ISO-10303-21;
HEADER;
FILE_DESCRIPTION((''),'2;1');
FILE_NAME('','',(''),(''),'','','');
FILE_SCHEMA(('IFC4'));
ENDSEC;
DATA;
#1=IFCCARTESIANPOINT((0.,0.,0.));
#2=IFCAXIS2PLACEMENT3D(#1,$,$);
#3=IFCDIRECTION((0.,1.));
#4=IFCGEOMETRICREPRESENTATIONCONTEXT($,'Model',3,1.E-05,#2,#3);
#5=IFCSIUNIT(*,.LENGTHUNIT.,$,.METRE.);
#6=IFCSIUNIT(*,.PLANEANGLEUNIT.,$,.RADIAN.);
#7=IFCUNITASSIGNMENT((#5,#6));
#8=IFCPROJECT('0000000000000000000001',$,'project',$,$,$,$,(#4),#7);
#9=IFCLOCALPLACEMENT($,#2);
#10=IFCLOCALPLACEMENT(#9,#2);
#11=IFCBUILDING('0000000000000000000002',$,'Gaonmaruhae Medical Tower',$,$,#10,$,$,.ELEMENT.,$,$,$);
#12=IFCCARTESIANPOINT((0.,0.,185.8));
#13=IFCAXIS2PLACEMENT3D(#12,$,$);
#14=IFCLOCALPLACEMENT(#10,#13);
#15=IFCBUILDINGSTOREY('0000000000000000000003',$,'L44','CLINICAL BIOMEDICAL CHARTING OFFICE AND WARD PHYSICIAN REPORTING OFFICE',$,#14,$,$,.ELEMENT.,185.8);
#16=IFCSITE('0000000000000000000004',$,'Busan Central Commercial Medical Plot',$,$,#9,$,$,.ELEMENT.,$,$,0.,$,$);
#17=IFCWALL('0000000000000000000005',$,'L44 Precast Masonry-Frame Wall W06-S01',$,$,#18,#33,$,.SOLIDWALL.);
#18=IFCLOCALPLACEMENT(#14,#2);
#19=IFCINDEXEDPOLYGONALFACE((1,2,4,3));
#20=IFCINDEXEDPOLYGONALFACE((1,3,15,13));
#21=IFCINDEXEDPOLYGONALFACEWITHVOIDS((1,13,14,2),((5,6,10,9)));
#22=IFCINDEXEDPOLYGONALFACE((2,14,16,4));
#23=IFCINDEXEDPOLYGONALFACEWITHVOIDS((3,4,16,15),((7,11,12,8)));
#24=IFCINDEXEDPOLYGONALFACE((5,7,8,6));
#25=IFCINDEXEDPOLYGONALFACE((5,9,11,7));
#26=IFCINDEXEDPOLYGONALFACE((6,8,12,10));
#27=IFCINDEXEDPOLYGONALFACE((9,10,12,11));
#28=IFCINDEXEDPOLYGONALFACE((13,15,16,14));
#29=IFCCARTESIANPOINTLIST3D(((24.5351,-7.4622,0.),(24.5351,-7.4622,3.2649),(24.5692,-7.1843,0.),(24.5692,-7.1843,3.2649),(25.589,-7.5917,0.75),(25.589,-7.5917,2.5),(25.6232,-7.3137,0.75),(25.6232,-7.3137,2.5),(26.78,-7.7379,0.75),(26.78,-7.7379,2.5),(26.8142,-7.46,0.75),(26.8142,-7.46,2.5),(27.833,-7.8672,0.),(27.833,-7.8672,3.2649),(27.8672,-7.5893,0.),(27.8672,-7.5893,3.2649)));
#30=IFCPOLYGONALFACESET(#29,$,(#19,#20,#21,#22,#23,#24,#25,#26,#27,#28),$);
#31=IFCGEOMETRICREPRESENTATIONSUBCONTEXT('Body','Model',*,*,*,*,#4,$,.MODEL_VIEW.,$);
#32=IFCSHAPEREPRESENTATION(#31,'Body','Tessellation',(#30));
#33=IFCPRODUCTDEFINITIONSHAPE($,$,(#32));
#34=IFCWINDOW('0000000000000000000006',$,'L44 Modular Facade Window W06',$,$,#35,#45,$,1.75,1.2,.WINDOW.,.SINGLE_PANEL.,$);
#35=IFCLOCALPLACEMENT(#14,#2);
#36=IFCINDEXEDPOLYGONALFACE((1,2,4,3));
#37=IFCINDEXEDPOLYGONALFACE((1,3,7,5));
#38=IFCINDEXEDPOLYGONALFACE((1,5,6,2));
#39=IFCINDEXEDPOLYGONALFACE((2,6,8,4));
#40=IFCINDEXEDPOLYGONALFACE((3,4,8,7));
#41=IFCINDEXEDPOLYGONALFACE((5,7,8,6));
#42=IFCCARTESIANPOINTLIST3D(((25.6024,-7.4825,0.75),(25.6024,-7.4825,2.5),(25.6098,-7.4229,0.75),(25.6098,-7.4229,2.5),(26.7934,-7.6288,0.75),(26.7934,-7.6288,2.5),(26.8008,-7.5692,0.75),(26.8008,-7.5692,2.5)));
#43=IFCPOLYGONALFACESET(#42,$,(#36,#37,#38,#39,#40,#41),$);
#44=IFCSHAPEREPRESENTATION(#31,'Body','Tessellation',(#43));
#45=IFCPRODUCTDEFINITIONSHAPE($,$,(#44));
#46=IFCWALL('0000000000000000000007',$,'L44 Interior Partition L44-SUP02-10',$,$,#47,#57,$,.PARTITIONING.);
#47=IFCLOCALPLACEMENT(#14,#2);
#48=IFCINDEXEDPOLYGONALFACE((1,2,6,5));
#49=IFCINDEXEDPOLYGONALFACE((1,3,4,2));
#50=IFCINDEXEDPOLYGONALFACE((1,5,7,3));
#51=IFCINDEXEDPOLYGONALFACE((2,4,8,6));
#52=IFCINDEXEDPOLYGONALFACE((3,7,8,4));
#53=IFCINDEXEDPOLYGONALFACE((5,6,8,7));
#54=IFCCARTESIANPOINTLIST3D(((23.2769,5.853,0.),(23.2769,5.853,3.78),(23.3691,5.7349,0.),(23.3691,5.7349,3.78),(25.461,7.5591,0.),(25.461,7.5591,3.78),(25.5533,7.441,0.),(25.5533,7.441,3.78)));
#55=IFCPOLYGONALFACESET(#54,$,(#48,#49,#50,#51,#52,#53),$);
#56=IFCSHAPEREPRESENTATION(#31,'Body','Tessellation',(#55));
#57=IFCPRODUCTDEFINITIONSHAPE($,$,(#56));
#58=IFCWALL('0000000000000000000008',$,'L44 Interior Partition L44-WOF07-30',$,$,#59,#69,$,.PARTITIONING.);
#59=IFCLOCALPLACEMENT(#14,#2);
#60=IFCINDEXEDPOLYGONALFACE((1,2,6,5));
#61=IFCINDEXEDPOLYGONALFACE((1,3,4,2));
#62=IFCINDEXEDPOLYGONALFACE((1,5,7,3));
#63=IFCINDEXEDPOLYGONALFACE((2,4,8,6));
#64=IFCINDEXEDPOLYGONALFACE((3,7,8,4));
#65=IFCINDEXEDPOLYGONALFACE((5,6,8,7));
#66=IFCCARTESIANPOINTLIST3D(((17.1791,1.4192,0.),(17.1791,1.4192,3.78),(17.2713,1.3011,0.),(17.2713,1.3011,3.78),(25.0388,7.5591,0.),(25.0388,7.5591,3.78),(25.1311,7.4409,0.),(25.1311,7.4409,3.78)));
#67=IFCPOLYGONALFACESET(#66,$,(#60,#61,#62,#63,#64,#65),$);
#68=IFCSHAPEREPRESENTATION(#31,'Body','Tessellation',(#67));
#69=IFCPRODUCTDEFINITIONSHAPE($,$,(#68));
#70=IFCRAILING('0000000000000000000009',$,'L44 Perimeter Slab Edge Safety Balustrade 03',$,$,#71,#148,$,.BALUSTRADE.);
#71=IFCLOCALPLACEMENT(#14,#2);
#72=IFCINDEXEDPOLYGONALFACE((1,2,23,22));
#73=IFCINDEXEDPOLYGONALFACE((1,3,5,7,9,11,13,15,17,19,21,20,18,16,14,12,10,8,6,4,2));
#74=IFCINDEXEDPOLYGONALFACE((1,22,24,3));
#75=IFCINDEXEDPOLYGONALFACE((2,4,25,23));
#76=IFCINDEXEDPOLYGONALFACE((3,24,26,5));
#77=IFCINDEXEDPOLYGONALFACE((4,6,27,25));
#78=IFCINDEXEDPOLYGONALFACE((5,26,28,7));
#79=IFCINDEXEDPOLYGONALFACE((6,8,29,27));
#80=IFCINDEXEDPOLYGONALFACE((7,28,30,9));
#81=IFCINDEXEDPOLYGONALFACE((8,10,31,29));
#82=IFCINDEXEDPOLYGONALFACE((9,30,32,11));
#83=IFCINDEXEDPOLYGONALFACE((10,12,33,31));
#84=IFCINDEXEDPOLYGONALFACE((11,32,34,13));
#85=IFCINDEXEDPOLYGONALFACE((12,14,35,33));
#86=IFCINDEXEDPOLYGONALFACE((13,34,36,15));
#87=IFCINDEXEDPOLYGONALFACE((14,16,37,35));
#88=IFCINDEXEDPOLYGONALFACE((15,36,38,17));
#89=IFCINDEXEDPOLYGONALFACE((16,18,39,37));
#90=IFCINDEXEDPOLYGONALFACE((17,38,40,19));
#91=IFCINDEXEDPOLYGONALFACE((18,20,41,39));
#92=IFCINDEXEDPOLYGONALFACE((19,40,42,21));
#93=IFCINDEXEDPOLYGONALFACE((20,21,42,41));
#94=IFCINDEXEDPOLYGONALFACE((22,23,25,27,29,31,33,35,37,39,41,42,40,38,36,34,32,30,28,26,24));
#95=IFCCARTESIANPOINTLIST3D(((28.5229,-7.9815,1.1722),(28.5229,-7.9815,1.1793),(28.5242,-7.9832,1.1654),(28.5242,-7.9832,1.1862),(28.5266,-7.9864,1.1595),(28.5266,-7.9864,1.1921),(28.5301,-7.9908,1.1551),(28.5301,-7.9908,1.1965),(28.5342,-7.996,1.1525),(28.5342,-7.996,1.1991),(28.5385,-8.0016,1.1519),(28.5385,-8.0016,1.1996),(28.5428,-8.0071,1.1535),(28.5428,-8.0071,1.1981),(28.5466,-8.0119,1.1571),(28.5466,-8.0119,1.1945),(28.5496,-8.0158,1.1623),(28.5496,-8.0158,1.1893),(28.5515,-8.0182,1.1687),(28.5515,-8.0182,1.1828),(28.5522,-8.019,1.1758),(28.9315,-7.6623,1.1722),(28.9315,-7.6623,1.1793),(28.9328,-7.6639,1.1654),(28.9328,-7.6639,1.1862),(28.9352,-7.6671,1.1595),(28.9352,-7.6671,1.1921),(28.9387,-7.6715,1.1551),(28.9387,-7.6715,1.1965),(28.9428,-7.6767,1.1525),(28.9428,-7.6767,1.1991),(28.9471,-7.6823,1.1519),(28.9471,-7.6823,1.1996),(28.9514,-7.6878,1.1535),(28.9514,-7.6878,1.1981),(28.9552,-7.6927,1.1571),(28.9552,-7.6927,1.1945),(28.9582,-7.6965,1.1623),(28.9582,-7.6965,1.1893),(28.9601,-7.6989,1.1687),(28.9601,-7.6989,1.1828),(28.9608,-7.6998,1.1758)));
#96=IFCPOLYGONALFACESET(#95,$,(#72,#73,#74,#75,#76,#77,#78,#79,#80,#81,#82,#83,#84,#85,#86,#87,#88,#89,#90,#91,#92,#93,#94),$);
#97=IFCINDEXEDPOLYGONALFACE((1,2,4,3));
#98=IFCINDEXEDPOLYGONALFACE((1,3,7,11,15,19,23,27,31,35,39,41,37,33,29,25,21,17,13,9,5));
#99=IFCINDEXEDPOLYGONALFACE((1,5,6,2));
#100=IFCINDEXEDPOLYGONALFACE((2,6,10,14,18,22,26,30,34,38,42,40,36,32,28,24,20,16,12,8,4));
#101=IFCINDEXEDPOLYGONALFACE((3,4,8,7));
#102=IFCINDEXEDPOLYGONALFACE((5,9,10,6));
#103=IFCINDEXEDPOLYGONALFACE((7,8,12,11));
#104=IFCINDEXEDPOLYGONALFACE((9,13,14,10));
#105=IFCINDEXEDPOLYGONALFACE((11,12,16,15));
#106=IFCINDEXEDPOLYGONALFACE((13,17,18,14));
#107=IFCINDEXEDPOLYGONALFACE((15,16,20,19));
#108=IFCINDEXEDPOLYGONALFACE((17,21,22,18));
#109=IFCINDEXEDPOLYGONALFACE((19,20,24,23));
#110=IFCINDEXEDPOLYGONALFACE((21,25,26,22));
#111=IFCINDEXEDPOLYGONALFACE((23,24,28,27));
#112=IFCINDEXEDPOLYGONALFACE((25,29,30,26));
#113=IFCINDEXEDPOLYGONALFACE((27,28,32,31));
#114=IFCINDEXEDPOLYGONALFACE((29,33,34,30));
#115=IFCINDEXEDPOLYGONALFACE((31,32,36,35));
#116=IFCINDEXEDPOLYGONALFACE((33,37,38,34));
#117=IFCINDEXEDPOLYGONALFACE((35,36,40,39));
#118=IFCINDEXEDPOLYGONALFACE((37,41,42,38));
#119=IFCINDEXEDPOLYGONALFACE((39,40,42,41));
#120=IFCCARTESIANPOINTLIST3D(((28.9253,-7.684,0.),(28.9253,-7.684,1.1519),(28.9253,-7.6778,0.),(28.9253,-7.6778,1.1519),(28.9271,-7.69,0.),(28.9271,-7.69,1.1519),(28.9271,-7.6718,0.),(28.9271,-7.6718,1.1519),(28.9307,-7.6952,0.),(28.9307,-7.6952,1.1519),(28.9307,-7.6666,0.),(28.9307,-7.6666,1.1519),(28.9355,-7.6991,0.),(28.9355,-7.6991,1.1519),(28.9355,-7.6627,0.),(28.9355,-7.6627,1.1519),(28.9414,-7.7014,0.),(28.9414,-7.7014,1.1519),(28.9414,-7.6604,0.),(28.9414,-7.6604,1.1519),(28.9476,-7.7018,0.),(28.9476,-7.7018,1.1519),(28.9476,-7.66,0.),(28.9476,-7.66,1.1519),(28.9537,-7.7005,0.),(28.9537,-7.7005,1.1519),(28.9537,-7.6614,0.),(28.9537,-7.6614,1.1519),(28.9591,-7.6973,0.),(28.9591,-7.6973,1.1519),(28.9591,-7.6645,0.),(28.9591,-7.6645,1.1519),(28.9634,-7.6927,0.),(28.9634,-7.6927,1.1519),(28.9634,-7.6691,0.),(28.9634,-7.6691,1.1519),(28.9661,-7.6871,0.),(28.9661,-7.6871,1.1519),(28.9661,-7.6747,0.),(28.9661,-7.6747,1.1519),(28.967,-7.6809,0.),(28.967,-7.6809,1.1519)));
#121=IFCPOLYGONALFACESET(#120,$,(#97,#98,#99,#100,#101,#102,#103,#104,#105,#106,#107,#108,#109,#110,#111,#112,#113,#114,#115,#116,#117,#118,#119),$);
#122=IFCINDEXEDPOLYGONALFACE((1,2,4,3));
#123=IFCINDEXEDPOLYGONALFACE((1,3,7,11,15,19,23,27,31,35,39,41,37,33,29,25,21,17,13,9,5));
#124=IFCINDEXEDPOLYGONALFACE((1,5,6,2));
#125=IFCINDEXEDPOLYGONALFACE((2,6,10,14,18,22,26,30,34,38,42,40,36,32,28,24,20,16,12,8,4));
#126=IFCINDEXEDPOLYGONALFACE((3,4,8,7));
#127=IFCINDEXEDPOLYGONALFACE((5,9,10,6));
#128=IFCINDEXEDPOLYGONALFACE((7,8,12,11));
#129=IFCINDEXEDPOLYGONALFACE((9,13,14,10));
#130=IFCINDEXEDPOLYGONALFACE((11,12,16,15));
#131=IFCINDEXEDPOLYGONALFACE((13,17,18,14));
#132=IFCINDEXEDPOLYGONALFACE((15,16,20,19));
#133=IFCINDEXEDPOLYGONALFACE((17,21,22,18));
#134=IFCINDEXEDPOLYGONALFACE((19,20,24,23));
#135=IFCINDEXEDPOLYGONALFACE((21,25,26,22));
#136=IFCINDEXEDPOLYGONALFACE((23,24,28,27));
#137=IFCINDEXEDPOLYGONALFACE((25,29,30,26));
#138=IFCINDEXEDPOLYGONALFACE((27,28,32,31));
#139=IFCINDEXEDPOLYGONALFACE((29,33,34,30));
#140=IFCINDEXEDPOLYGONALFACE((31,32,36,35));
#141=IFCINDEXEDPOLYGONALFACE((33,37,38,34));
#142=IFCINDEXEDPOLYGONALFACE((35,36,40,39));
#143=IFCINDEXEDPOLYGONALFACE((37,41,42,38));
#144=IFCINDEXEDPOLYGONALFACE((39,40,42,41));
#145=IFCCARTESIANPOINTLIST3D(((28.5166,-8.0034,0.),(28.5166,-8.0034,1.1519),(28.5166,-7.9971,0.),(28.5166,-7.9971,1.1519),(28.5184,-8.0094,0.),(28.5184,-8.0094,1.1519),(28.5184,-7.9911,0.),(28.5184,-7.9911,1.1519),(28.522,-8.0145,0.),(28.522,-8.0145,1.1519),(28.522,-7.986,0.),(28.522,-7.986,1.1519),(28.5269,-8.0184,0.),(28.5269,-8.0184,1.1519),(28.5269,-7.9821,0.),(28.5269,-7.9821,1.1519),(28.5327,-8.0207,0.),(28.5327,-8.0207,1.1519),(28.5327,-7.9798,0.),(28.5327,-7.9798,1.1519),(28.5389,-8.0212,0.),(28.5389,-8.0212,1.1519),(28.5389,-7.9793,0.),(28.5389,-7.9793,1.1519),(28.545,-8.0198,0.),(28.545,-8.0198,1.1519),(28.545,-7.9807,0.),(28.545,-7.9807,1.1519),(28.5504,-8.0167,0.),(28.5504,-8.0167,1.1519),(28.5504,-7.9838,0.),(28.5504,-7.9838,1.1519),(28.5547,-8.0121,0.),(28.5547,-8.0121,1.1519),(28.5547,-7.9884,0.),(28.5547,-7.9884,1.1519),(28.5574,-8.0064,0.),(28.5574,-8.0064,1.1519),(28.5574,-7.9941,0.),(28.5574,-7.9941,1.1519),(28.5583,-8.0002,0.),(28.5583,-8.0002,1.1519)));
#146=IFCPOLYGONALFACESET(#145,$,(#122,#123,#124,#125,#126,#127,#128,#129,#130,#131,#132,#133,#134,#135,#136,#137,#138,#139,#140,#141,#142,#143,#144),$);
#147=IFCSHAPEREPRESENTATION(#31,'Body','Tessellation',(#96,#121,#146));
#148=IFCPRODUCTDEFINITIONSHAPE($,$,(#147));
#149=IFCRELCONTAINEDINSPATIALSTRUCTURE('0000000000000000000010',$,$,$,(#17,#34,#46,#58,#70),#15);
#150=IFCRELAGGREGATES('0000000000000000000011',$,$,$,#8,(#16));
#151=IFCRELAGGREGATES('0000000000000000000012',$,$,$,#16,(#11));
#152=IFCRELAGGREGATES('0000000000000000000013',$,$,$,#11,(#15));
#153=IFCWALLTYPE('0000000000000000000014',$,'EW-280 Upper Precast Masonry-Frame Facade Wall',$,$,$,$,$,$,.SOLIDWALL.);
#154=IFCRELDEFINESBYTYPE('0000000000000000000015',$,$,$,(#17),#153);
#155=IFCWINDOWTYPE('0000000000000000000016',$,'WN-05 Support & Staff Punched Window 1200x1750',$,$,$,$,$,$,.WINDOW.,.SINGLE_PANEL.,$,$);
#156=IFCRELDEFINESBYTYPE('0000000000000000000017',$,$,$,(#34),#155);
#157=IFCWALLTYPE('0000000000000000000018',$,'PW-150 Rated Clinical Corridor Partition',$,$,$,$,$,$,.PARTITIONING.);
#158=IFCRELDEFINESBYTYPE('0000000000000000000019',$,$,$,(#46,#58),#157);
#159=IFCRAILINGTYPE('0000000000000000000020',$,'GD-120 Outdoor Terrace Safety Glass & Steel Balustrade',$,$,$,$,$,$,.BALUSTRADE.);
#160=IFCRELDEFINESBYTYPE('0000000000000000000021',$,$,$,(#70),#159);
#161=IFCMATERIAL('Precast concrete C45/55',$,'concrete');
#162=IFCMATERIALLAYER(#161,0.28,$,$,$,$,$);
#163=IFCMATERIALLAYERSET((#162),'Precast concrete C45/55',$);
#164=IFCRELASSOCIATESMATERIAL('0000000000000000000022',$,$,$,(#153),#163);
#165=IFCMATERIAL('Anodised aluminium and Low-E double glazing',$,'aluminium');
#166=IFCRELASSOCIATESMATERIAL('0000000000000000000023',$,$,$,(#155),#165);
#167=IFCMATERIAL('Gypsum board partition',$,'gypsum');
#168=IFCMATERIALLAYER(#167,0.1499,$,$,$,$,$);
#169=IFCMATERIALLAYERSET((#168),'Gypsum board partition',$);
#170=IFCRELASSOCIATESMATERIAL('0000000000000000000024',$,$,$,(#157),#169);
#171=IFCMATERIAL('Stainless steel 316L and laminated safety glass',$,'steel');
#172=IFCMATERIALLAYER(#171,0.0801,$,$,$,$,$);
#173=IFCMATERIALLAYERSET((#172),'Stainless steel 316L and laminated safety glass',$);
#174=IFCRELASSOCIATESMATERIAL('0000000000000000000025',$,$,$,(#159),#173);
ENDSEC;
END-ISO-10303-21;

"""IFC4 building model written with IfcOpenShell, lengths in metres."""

from ifc_helpers import new_model, si_unit, direction, frame, frame_2d, origin, origin_2d, place, context, subcontext, project, spatial, rectangle, circle, extrude, material, layer, layer_set, type_object, element, fill, save


model = new_model("IFC4")

# Units and contexts
model_context = context("Model", 3, precision=1e-05, world=origin(), true_north=direction((0.0, 1.0)))
body_context = subcontext(model_context, "Body", "Model", "MODEL_VIEW")
ifc_project = project(units=[si_unit("LENGTHUNIT", "METRE"), si_unit("PLANEANGLEUNIT", "RADIAN")], contexts=[model_context])

# Site, building, storey
site_placement = place(None, origin())
site = spatial("IfcSite", under=ifc_project, at=site_placement, Name="Busan Central Commercial Medical Plot", CompositionType="ELEMENT", RefElevation=0.0)
building_placement = place(site_placement, origin())
building = spatial("IfcBuilding", under=site, at=building_placement, Name="Gaonmaruhae Medical Tower", CompositionType="ELEMENT")
storey_placement = place(building_placement, frame((0.0, 0.0, 185.8)))
storey = spatial("IfcBuildingStorey", under=building, at=storey_placement, Name="L44", Description="CLINICAL BIOMEDICAL CHARTING OFFICE AND WARD PHYSICIAN REPORTING OFFICE", CompositionType="ELEMENT", Elevation=185.8)

# Wall, opening, window
ifc_material_1 = material(Name="Precast concrete C45/55", Category="concrete")
ifc_layer_1 = layer(ifc_material_1, 0.28)
ifc_layer_set_1 = layer_set([ifc_layer_1], Name="Precast concrete C45/55")
wall_type_1 = type_object("IfcWallType", Name="EW-280 Upper Precast Masonry-Frame Facade Wall", PredefinedType="SOLIDWALL", material=ifc_layer_set_1)
ifc_material_2 = material(Name="Anodised aluminium and Low-E double glazing", Category="aluminium")
wall_1_placement = place(storey_placement, frame((27.8501, -7.7283, 0.0), z_axis=(0.0, 0.0, 1.0), x_axis=(-0.992543, 0.121891, 0.0)))
wall_1 = element("IfcWall", 1, at=wall_1_placement, inside=storey, type_object=wall_type_1, Name="L44 Precast Masonry-Frame Wall W06-S01", PredefinedType="SOLIDWALL", context=body_context, shape_type="SweptSolid", body=[
    extrude(rectangle(XDim=3.3228, YDim=0.28, at=frame_2d((1.6614, 0.0))), origin(), (0.0, 0.0, 1.0), 3.2649),
])
opening_1_placement = place(wall_1_placement, frame((1.0608, 0.0, 0.75)))
opening_1 = element("IfcOpeningElement", 2, at=opening_1_placement, cuts=wall_1, PredefinedType="OPENING", context=body_context, shape_type="SweptSolid", body=[
    extrude(rectangle(XDim=1.2, YDim=1.75, at=frame_2d((0.6001, 0.875))), frame((0.0, 0.1499, 0.0), z_axis=(0.0, -1.0, 0.0), x_axis=(1.0, 0.0, 0.0)), (0.0, 0.0, 1.0), 0.3),
])
window_type_1 = type_object("IfcWindowType", Name="WN-05 Support & Staff Punched Window 1200x1750", PartitioningType="SINGLE_PANEL", PredefinedType="WINDOW", material=ifc_material_2)
window_1_placement = place(opening_1_placement, origin())
window_1 = element("IfcWindow", 3, at=window_1_placement, inside=storey, type_object=window_type_1, Name="L44 Modular Facade Window W06", OverallHeight=1.75, OverallWidth=1.2, PartitioningType="SINGLE_PANEL", PredefinedType="WINDOW", context=body_context, shape_type="SweptSolid", body=[
    extrude(rectangle(XDim=1.2, YDim=1.75, at=frame_2d((0.6001, 0.875))), frame((0.0, 0.03, 0.0), z_axis=(0.0, -1.0, 0.0), x_axis=(1.0, 0.0, 0.0)), (0.0, 0.0, 1.0), 0.0601),
])
fill(opening_1, window_1)

# Walls
ifc_material_3 = material(Name="Gypsum board partition", Category="gypsum")
ifc_layer_2 = layer(ifc_material_3, 0.1499)
ifc_layer_set_2 = layer_set([ifc_layer_2], Name="Gypsum board partition")
wall_type_2 = type_object("IfcWallType", Name="PW-150 Rated Clinical Corridor Partition", PredefinedType="PARTITIONING", material=ifc_layer_set_2)
wall_2_placement = place(storey_placement, frame((23.323, 5.7939, 0.0), z_axis=(0.0, 0.0, 1.0), x_axis=(0.78807, 0.615586, 0.0)))
element("IfcWall", 4, at=wall_2_placement, inside=storey, type_object=wall_type_2, Name="L44 Interior Partition L44-SUP02-10", PredefinedType="PARTITIONING", context=body_context, shape_type="SweptSolid", body=[
    extrude(rectangle(XDim=2.7715, YDim=0.1499, at=frame_2d((1.3857, 0.0))), origin(), (0.0, 0.0, 1.0), 3.78),
])
wall_3_placement = place(storey_placement, frame((25.085, 7.5, 0.0), z_axis=(0.0, 0.0, 1.0), x_axis=(-0.788055, -0.615605, 0.0)))
element("IfcWall", 5, at=wall_3_placement, inside=storey, type_object=wall_type_2, Name="L44 Interior Partition L44-WOF07-30", PredefinedType="PARTITIONING", context=body_context, shape_type="SweptSolid", body=[
    extrude(rectangle(XDim=9.9736, YDim=0.1499, at=frame_2d((4.9868, 0.0))), origin(), (0.0, 0.0, 1.0), 3.78),
])

# Railing
ifc_material_4 = material(Name="Stainless steel 316L and laminated safety glass", Category="steel")
ifc_layer_3 = layer(ifc_material_4, 0.0801)
ifc_layer_set_3 = layer_set([ifc_layer_3], Name="Stainless steel 316L and laminated safety glass")
railing_type = type_object("IfcRailingType", Name="GD-120 Outdoor Terrace Safety Glass & Steel Balustrade", PredefinedType="BALUSTRADE", material=ifc_layer_set_3)
railing_1_placement = place(storey_placement, frame((28.946, -7.6809, 0.0)))
element("IfcRailing", 6, at=railing_1_placement, inside=storey, type_object=railing_type, Name="L44 Perimeter Slab Edge Safety Balustrade 03", PredefinedType="BALUSTRADE", context=body_context, shape_type="SweptSolid", body=[
    extrude(circle(Radius=0.0239, at=origin_2d()), frame((0.0, 0.0, 1.1758), z_axis=(-0.787982, -0.615699, 0.0), x_axis=(0.615699, -0.787982, 0.0)), (0.0, 0.0, 1.0), 0.5186),
    extrude(circle(Radius=0.021, at=origin_2d()), origin(), (0.0, 0.0, 1.0), 1.1519),
    extrude(circle(Radius=0.021, at=origin_2d()), frame((-0.4087, -0.3193, 0.0)), (0.0, 0.0, 1.0), 1.1519),
])

save(model, "model.ifc")
